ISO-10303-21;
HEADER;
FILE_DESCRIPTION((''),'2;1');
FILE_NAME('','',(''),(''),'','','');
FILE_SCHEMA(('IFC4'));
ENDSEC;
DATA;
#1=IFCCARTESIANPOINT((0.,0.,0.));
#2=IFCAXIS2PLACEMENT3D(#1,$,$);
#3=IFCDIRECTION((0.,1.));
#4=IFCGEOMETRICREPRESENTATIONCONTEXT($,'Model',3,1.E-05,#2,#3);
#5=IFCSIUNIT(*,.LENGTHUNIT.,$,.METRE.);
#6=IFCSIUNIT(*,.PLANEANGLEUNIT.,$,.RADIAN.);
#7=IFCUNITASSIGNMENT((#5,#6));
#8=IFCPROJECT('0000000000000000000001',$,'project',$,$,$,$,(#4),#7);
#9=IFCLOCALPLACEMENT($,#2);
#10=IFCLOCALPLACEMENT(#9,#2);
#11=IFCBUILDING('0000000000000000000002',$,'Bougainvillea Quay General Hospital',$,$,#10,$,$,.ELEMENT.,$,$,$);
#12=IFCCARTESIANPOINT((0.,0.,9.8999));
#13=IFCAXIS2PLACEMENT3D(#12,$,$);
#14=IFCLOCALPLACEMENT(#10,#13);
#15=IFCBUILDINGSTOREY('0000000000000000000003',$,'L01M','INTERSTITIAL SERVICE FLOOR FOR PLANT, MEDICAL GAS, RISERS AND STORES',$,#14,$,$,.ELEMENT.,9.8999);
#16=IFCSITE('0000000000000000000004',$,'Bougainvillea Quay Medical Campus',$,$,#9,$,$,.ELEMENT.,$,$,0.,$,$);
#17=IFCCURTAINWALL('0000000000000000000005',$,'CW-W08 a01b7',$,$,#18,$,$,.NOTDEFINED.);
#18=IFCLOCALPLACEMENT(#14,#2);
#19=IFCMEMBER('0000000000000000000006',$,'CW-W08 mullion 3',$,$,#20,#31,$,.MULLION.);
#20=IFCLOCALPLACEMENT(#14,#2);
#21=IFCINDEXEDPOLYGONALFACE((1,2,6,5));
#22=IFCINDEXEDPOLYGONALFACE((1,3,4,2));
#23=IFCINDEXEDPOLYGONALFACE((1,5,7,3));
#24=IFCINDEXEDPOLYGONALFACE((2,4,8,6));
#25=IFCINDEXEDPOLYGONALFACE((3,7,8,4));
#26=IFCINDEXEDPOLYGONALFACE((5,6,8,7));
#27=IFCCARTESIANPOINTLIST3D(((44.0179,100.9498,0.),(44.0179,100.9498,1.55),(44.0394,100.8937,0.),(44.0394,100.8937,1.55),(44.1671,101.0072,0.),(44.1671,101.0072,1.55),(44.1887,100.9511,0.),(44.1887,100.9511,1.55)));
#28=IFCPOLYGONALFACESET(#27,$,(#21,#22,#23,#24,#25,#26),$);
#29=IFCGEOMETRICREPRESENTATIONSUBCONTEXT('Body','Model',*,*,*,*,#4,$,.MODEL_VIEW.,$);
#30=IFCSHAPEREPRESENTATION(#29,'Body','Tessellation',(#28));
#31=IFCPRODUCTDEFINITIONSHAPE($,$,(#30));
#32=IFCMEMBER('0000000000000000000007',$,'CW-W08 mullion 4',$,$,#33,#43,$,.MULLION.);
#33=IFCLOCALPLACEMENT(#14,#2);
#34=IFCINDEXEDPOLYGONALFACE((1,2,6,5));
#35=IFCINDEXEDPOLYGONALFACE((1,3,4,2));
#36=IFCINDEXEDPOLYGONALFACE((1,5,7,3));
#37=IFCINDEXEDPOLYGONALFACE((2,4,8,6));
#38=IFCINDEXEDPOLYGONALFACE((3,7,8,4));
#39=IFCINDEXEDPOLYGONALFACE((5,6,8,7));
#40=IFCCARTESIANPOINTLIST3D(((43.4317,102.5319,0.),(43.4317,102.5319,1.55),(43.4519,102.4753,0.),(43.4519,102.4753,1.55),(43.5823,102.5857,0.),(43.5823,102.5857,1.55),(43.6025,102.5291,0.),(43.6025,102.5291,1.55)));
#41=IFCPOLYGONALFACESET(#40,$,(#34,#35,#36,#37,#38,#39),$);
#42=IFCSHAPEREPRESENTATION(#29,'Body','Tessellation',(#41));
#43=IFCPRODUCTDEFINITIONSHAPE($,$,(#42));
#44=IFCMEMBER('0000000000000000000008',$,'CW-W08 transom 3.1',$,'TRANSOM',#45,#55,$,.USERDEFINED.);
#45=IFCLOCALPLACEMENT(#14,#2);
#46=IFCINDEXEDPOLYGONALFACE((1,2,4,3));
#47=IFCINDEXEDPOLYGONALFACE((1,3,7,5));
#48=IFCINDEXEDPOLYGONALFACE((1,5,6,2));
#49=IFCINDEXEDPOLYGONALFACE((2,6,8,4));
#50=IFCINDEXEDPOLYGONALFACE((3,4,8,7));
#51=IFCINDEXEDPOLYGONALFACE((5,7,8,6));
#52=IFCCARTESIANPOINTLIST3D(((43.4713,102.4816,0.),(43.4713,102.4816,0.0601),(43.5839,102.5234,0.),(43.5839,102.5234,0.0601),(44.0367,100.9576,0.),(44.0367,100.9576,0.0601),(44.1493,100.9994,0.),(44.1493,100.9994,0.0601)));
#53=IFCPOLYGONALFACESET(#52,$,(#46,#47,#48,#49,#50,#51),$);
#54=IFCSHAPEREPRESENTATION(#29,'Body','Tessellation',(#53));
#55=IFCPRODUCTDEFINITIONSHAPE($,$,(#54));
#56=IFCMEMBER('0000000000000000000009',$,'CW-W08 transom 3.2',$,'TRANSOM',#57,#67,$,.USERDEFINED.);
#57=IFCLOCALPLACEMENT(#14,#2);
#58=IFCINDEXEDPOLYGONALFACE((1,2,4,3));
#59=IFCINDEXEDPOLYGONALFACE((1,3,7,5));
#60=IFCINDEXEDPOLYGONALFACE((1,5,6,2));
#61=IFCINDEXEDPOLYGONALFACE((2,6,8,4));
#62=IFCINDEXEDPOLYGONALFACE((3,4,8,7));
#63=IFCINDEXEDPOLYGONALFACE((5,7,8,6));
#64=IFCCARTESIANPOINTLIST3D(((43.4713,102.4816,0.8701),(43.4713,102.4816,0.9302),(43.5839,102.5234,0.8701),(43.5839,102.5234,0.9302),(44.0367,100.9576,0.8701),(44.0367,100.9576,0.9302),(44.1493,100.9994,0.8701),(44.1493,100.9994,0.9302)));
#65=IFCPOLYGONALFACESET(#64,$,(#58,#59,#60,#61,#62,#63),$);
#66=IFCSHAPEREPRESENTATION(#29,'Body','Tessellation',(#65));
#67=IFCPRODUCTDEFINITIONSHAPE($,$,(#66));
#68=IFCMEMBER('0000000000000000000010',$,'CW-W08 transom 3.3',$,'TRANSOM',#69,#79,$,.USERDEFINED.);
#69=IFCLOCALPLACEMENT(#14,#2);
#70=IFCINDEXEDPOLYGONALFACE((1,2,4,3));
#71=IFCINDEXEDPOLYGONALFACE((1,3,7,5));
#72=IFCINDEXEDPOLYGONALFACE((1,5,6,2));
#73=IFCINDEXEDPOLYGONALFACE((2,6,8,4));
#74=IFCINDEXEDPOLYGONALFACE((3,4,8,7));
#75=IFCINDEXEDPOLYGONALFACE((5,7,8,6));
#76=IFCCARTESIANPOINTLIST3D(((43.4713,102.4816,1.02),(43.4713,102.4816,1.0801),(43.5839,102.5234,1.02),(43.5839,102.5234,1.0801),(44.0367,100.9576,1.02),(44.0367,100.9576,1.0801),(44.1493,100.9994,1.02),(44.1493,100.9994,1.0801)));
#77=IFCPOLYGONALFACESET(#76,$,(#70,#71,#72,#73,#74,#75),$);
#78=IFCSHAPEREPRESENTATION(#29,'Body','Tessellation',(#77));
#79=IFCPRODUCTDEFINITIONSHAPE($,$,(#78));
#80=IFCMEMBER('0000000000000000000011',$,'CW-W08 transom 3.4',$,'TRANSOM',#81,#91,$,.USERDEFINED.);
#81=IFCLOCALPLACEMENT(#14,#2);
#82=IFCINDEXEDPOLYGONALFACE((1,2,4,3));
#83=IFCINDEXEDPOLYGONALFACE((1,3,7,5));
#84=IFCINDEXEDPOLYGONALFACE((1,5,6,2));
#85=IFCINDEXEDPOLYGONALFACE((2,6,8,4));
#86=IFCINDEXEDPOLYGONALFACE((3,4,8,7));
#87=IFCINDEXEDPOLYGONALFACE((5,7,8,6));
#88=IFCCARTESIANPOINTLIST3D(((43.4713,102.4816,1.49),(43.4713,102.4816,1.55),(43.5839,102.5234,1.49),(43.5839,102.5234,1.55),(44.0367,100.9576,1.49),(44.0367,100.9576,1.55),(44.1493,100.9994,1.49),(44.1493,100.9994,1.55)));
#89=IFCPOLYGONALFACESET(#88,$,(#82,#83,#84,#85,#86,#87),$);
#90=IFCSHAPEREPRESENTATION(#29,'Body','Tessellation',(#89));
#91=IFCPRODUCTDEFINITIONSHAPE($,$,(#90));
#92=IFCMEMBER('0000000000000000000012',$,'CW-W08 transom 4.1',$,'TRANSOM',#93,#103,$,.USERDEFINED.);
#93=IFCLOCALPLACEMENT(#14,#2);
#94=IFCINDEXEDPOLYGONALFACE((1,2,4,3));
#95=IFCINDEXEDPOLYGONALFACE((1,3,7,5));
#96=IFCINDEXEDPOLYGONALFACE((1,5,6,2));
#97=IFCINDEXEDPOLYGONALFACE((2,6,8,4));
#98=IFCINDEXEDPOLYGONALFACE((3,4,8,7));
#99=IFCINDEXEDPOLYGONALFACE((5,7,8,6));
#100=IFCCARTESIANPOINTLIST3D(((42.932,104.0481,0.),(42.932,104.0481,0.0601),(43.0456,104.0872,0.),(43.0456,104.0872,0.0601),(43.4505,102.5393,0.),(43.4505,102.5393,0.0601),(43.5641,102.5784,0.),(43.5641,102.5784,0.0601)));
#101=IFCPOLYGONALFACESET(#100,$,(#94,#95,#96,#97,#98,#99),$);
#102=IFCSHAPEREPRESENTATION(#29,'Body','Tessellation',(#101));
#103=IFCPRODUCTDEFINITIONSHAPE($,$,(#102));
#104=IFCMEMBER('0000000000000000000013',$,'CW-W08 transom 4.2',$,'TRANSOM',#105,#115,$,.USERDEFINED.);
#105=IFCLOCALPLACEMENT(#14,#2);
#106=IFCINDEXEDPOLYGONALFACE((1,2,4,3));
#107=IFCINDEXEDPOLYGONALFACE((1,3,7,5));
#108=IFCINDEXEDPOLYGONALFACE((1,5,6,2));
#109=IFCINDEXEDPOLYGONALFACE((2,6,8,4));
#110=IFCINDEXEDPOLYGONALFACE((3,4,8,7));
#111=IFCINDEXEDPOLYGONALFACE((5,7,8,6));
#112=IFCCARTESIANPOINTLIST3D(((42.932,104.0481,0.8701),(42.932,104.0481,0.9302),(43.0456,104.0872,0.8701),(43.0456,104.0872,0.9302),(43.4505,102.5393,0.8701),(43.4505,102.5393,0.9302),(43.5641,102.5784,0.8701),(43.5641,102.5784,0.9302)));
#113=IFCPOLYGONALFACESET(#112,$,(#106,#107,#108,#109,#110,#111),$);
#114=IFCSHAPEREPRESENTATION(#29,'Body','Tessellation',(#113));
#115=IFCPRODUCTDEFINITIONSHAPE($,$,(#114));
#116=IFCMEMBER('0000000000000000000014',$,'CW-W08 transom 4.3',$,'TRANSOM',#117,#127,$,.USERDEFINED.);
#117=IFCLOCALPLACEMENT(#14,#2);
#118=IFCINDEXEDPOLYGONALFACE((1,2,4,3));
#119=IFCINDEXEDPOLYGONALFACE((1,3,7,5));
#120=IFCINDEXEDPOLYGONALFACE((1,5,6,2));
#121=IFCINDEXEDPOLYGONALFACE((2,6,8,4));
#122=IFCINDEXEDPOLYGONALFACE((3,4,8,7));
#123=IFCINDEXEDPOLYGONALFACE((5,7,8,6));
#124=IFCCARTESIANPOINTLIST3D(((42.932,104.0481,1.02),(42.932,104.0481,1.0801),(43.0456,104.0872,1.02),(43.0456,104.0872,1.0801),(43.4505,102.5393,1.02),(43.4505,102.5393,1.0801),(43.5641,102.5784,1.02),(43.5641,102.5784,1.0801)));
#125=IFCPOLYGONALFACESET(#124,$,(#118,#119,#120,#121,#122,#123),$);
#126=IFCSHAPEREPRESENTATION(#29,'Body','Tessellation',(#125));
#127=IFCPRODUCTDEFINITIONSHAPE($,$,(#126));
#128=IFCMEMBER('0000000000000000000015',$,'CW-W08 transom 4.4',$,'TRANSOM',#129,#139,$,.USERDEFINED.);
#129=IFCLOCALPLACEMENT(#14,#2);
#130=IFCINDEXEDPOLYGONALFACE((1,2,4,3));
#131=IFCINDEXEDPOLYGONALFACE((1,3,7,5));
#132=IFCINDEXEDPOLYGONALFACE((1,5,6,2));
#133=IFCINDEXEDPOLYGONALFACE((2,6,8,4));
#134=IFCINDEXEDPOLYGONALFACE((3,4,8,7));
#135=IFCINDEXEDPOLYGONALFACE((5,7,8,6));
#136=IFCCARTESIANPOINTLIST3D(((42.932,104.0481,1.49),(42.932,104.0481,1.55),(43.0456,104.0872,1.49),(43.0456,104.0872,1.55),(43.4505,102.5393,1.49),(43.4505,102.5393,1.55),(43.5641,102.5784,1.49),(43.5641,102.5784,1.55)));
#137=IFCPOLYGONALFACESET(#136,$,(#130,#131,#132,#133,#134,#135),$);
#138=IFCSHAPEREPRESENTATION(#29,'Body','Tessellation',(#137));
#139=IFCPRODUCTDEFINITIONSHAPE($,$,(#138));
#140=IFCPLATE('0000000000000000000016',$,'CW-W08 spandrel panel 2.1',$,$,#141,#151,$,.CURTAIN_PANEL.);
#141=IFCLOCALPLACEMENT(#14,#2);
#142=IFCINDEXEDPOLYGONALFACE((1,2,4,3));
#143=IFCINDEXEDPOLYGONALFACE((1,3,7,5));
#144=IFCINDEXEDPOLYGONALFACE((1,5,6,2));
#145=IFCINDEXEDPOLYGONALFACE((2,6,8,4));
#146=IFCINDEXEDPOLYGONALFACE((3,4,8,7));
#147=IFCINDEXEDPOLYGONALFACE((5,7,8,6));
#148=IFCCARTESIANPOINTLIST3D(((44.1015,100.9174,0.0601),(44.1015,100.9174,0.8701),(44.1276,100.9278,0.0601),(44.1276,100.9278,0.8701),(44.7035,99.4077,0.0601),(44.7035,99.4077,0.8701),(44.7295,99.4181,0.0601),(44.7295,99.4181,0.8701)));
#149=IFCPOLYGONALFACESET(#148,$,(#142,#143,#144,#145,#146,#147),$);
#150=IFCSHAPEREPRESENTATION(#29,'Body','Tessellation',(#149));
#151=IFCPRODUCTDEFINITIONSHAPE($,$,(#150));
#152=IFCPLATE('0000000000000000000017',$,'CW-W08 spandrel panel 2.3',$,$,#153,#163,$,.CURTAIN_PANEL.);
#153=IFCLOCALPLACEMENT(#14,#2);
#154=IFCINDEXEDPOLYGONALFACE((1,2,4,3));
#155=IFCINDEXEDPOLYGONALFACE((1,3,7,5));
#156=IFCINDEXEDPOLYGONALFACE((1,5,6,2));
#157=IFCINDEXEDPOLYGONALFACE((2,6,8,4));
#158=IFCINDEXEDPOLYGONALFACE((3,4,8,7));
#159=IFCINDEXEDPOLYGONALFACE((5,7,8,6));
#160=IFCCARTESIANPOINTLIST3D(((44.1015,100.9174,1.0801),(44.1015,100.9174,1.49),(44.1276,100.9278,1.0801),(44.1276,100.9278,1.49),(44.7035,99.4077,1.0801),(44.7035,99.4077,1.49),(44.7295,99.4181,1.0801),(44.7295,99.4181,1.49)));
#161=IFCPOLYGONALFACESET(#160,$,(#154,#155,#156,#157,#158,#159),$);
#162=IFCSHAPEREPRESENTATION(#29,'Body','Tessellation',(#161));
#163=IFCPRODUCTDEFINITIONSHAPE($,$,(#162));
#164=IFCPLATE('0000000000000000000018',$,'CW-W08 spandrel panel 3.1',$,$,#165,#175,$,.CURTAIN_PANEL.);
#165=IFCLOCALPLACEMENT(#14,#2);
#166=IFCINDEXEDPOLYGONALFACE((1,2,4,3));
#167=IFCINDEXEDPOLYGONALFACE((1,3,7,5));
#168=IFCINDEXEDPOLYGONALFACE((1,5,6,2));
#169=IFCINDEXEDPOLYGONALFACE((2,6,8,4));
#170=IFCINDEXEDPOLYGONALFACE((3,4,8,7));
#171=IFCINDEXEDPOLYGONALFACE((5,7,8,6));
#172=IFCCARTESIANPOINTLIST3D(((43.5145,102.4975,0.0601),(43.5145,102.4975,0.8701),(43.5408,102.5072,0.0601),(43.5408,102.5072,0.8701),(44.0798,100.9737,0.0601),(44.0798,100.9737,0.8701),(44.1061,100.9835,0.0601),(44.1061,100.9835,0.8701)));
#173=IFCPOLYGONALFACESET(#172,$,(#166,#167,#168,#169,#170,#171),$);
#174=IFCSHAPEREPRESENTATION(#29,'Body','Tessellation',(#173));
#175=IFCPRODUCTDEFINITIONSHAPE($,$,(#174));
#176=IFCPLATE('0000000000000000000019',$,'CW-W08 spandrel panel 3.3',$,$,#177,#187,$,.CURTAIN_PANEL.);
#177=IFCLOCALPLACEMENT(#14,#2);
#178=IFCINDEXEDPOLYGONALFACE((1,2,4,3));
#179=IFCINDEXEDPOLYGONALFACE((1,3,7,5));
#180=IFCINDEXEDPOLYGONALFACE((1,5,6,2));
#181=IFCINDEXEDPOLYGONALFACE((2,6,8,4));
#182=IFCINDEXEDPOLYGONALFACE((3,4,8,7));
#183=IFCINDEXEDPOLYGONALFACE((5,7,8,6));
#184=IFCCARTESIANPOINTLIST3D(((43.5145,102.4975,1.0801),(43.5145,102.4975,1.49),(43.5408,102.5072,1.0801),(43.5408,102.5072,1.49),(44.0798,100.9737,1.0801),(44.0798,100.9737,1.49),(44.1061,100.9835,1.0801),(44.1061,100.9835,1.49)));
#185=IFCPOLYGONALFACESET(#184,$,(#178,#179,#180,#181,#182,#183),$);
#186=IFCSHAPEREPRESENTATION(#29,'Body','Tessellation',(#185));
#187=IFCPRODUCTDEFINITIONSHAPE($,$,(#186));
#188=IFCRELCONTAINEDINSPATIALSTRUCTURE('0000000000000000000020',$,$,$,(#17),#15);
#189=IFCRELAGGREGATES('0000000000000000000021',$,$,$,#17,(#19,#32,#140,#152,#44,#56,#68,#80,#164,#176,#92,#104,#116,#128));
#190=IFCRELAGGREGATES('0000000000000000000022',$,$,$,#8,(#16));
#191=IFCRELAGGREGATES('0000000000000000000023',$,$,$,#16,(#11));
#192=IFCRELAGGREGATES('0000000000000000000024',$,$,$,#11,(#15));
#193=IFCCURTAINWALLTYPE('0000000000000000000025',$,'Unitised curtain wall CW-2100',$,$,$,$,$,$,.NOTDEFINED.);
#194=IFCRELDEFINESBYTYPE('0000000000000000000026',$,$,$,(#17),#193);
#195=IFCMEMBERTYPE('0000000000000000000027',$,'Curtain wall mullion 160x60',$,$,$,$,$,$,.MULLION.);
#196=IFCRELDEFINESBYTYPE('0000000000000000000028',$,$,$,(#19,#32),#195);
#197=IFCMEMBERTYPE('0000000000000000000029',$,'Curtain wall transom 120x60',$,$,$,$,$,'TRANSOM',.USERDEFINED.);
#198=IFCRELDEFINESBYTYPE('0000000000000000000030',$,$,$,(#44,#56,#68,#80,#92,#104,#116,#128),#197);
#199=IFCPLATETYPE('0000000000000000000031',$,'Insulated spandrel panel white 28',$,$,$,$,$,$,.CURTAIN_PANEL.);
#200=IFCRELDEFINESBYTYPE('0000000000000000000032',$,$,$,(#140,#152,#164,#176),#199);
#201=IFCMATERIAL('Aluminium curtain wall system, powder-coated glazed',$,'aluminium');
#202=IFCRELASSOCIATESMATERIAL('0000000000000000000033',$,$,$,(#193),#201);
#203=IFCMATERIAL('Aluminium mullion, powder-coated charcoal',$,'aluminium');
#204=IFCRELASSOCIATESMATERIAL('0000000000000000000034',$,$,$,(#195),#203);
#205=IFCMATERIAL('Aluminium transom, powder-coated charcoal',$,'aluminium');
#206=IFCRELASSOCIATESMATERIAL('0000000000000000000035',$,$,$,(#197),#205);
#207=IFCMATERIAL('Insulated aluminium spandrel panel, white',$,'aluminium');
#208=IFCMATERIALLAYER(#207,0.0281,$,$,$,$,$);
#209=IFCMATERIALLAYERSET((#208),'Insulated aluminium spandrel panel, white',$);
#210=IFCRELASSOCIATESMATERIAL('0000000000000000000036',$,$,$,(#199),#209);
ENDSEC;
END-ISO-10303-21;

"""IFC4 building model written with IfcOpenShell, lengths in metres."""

from ifc_helpers import new_model, si_unit, direction, frame, origin, origin_2d, place, context, subcontext, project, spatial, rectangle, extrude, material, layer, layer_set, material_profile, profile_set, type_object, element, aggregate, save


model = new_model("IFC4")

# Units and contexts
model_context = context("Model", 3, precision=1e-05, world=origin(), true_north=direction((0.0, 1.0)))
body_context = subcontext(model_context, "Body", "Model", "MODEL_VIEW")
ifc_project = project(units=[si_unit("LENGTHUNIT", "METRE"), si_unit("PLANEANGLEUNIT", "RADIAN")], contexts=[model_context])

# Site, building, storey
site_placement = place(None, origin())
site = spatial("IfcSite", under=ifc_project, at=site_placement, Name="Bougainvillea Quay Medical Campus", CompositionType="ELEMENT", RefElevation=0.0)
building_placement = place(site_placement, origin())
building = spatial("IfcBuilding", under=site, at=building_placement, Name="Bougainvillea Quay General Hospital", CompositionType="ELEMENT")
storey_placement = place(building_placement, frame((0.0, 0.0, 9.8999)))
storey = spatial("IfcBuildingStorey", under=building, at=storey_placement, Name="L01M", Description="INTERSTITIAL SERVICE FLOOR FOR PLANT, MEDICAL GAS, RISERS AND STORES", CompositionType="ELEMENT", Elevation=9.8999)

# Curtain wall, members, plates
ifc_material_1 = material(Name="Aluminium curtain wall system, powder-coated glazed", Category="aluminium")
curtain_wall_type = type_object("IfcCurtainWallType", Name="Unitised curtain wall CW-2100", PredefinedType="NOTDEFINED", material=ifc_material_1)
curtain_wall_placement = place(storey_placement, origin())
curtain_wall = element("IfcCurtainWall", 1, at=curtain_wall_placement, inside=storey, type_object=curtain_wall_type, Name="CW-W08 a01b7", PredefinedType="NOTDEFINED")
ifc_material_2 = material(Name="Aluminium mullion, powder-coated charcoal", Category="aluminium")
ifc_material_profile_1 = material_profile(ifc_material_2, rectangle(XDim=0.1599, YDim=0.0601, at=origin_2d()))
ifc_profile_set_1 = profile_set([ifc_material_profile_1], Name="Aluminium mullion, powder-coated charcoal")
member_type_1 = type_object("IfcMemberType", Name="Curtain wall mullion 160x60", PredefinedType="MULLION", material=ifc_profile_set_1)
member_1_placement = place(storey_placement, frame((44.1033, 100.9504, 0.0), z_axis=(0.0, 0.0, 1.0), x_axis=(-0.933286, -0.359135, 0.0)))
member_1 = element("IfcMember", 2, at=member_1_placement, type_object=member_type_1, Name="CW-W08 mullion 3", PredefinedType="MULLION", context=body_context, shape_type="SweptSolid", body=[
    extrude(rectangle(XDim=0.1599, YDim=0.0601, at=origin_2d()), origin(), (0.0, 0.0, 1.0), 1.55),
])
member_2_placement = place(storey_placement, frame((43.5171, 102.5305, 0.0), z_axis=(0.0, 0.0, 1.0), x_axis=(-0.94169, -0.336481, 0.0)))
member_2 = element("IfcMember", 3, at=member_2_placement, type_object=member_type_1, Name="CW-W08 mullion 4", PredefinedType="MULLION", context=body_context, shape_type="SweptSolid", body=[
    extrude(rectangle(XDim=0.1599, YDim=0.0601, at=origin_2d()), origin(), (0.0, 0.0, 1.0), 1.55),
])
ifc_material_3 = material(Name="Aluminium transom, powder-coated charcoal", Category="aluminium")
ifc_material_profile_2 = material_profile(ifc_material_3, rectangle(XDim=0.1201, YDim=0.0601, at=origin_2d()))
ifc_profile_set_2 = profile_set([ifc_material_profile_2], Name="Aluminium transom, powder-coated charcoal")
member_type_2 = type_object("IfcMemberType", Name="Curtain wall transom 120x60", ElementType="TRANSOM", PredefinedType="USERDEFINED", material=ifc_profile_set_2)
member_3_placement = place(storey_placement, frame((44.093, 100.9785, 0.03), z_axis=(-0.347862, 0.937546, 0.0), x_axis=(-0.937546, -0.347862, 0.0)))
member_3 = element("IfcMember", 4, at=member_3_placement, type_object=member_type_2, Name="CW-W08 transom 3.1", ObjectType="TRANSOM", PredefinedType="USERDEFINED", context=body_context, shape_type="SweptSolid", body=[
    extrude(rectangle(XDim=0.1201, YDim=0.0601, at=origin_2d()), origin(), (0.0, 0.0, 1.0), 1.6255),
])
member_4_placement = place(storey_placement, frame((44.093, 100.9785, 0.9001), z_axis=(-0.347862, 0.937546, 0.0), x_axis=(-0.937546, -0.347862, 0.0)))
member_4 = element("IfcMember", 5, at=member_4_placement, type_object=member_type_2, Name="CW-W08 transom 3.2", ObjectType="TRANSOM", PredefinedType="USERDEFINED", context=body_context, shape_type="SweptSolid", body=[
    extrude(rectangle(XDim=0.1201, YDim=0.0601, at=origin_2d()), origin(), (0.0, 0.0, 1.0), 1.6255),
])
member_5_placement = place(storey_placement, frame((44.093, 100.9785, 1.05), z_axis=(-0.347862, 0.937546, 0.0), x_axis=(-0.937546, -0.347862, 0.0)))
member_5 = element("IfcMember", 6, at=member_5_placement, type_object=member_type_2, Name="CW-W08 transom 3.3", ObjectType="TRANSOM", PredefinedType="USERDEFINED", context=body_context, shape_type="SweptSolid", body=[
    extrude(rectangle(XDim=0.1201, YDim=0.0601, at=origin_2d()), origin(), (0.0, 0.0, 1.0), 1.6255),
])
member_6_placement = place(storey_placement, frame((44.093, 100.9785, 1.52), z_axis=(-0.347862, 0.937546, 0.0), x_axis=(-0.937546, -0.347862, 0.0)))
member_6 = element("IfcMember", 7, at=member_6_placement, type_object=member_type_2, Name="CW-W08 transom 3.4", ObjectType="TRANSOM", PredefinedType="USERDEFINED", context=body_context, shape_type="SweptSolid", body=[
    extrude(rectangle(XDim=0.1201, YDim=0.0601, at=origin_2d()), origin(), (0.0, 0.0, 1.0), 1.6255),
])
member_7_placement = place(storey_placement, frame((43.5073, 102.5588, 0.03), z_axis=(-0.325028, 0.945704, 0.0), x_axis=(-0.945704, -0.325028, 0.0)))
member_7 = element("IfcMember", 8, at=member_7_placement, type_object=member_type_2, Name="CW-W08 transom 4.1", ObjectType="TRANSOM", PredefinedType="USERDEFINED", context=body_context, shape_type="SweptSolid", body=[
    extrude(rectangle(XDim=0.1201, YDim=0.0601, at=origin_2d()), origin(), (0.0, 0.0, 1.0), 1.5955),
])
member_8_placement = place(storey_placement, frame((43.5073, 102.5588, 0.9001), z_axis=(-0.325028, 0.945704, 0.0), x_axis=(-0.945704, -0.325028, 0.0)))
member_8 = element("IfcMember", 9, at=member_8_placement, type_object=member_type_2, Name="CW-W08 transom 4.2", ObjectType="TRANSOM", PredefinedType="USERDEFINED", context=body_context, shape_type="SweptSolid", body=[
    extrude(rectangle(XDim=0.1201, YDim=0.0601, at=origin_2d()), origin(), (0.0, 0.0, 1.0), 1.5955),
])
member_9_placement = place(storey_placement, frame((43.5073, 102.5588, 1.05), z_axis=(-0.325028, 0.945704, 0.0), x_axis=(-0.945704, -0.325028, 0.0)))
member_9 = element("IfcMember", 10, at=member_9_placement, type_object=member_type_2, Name="CW-W08 transom 4.3", ObjectType="TRANSOM", PredefinedType="USERDEFINED", context=body_context, shape_type="SweptSolid", body=[
    extrude(rectangle(XDim=0.1201, YDim=0.0601, at=origin_2d()), origin(), (0.0, 0.0, 1.0), 1.5955),
])
member_10_placement = place(storey_placement, frame((43.5073, 102.5588, 1.52), z_axis=(-0.325028, 0.945704, 0.0), x_axis=(-0.945704, -0.325028, 0.0)))
member_10 = element("IfcMember", 11, at=member_10_placement, type_object=member_type_2, Name="CW-W08 transom 4.4", ObjectType="TRANSOM", PredefinedType="USERDEFINED", context=body_context, shape_type="SweptSolid", body=[
    extrude(rectangle(XDim=0.1201, YDim=0.0601, at=origin_2d()), origin(), (0.0, 0.0, 1.0), 1.5955),
])
ifc_material_4 = material(Name="Insulated aluminium spandrel panel, white", Category="aluminium")
ifc_layer_1 = layer(ifc_material_4, 0.0281)
ifc_layer_set_1 = layer_set([ifc_layer_1], Name="Insulated aluminium spandrel panel, white")
plate_type_1 = type_object("IfcPlateType", Name="Insulated spandrel panel white 28", PredefinedType="CURTAIN_PANEL", material=ifc_layer_set_1)
plate_1_placement = place(storey_placement, frame((44.4155, 100.1677, 0.0601), z_axis=(0.0, 0.0, 1.0), x_axis=(-0.370384, 0.928879, 0.0)))
plate_1 = element("IfcPlate", 12, at=plate_1_placement, type_object=plate_type_1, Name="CW-W08 spandrel panel 2.1", PredefinedType="CURTAIN_PANEL", context=body_context, shape_type="SweptSolid", body=[
    extrude(rectangle(XDim=1.6252, YDim=0.0281, at=origin_2d()), origin(), (0.0, 0.0, 1.0), 0.8101),
])
plate_2_placement = place(storey_placement, frame((44.4155, 100.1677, 1.0801), z_axis=(0.0, 0.0, 1.0), x_axis=(-0.370384, 0.928879, 0.0)))
plate_2 = element("IfcPlate", 13, at=plate_2_placement, type_object=plate_type_1, Name="CW-W08 spandrel panel 2.3", PredefinedType="CURTAIN_PANEL", context=body_context, shape_type="SweptSolid", body=[
    extrude(rectangle(XDim=1.6252, YDim=0.0281, at=origin_2d()), origin(), (0.0, 0.0, 1.0), 0.4099),
])
plate_3_placement = place(storey_placement, frame((43.8103, 101.7405, 0.0601), z_axis=(0.0, 0.0, 1.0), x_axis=(-0.347833, 0.937556, 0.0)))
plate_3 = element("IfcPlate", 14, at=plate_3_placement, type_object=plate_type_1, Name="CW-W08 spandrel panel 3.1", PredefinedType="CURTAIN_PANEL", context=body_context, shape_type="SweptSolid", body=[
    extrude(rectangle(XDim=1.6252, YDim=0.0281, at=origin_2d()), origin(), (0.0, 0.0, 1.0), 0.8101),
])
plate_4_placement = place(storey_placement, frame((43.8103, 101.7405, 1.0801), z_axis=(0.0, 0.0, 1.0), x_axis=(-0.347833, 0.937556, 0.0)))
plate_4 = element("IfcPlate", 15, at=plate_4_placement, type_object=plate_type_1, Name="CW-W08 spandrel panel 3.3", PredefinedType="CURTAIN_PANEL", context=body_context, shape_type="SweptSolid", body=[
    extrude(rectangle(XDim=1.6252, YDim=0.0281, at=origin_2d()), origin(), (0.0, 0.0, 1.0), 0.4099),
])
aggregate(curtain_wall, [member_1, member_2, plate_1, plate_2, member_3, member_4, member_5, member_6, plate_3, plate_4, member_7, member_8, member_9, member_10])

save(model, "model.ifc")
